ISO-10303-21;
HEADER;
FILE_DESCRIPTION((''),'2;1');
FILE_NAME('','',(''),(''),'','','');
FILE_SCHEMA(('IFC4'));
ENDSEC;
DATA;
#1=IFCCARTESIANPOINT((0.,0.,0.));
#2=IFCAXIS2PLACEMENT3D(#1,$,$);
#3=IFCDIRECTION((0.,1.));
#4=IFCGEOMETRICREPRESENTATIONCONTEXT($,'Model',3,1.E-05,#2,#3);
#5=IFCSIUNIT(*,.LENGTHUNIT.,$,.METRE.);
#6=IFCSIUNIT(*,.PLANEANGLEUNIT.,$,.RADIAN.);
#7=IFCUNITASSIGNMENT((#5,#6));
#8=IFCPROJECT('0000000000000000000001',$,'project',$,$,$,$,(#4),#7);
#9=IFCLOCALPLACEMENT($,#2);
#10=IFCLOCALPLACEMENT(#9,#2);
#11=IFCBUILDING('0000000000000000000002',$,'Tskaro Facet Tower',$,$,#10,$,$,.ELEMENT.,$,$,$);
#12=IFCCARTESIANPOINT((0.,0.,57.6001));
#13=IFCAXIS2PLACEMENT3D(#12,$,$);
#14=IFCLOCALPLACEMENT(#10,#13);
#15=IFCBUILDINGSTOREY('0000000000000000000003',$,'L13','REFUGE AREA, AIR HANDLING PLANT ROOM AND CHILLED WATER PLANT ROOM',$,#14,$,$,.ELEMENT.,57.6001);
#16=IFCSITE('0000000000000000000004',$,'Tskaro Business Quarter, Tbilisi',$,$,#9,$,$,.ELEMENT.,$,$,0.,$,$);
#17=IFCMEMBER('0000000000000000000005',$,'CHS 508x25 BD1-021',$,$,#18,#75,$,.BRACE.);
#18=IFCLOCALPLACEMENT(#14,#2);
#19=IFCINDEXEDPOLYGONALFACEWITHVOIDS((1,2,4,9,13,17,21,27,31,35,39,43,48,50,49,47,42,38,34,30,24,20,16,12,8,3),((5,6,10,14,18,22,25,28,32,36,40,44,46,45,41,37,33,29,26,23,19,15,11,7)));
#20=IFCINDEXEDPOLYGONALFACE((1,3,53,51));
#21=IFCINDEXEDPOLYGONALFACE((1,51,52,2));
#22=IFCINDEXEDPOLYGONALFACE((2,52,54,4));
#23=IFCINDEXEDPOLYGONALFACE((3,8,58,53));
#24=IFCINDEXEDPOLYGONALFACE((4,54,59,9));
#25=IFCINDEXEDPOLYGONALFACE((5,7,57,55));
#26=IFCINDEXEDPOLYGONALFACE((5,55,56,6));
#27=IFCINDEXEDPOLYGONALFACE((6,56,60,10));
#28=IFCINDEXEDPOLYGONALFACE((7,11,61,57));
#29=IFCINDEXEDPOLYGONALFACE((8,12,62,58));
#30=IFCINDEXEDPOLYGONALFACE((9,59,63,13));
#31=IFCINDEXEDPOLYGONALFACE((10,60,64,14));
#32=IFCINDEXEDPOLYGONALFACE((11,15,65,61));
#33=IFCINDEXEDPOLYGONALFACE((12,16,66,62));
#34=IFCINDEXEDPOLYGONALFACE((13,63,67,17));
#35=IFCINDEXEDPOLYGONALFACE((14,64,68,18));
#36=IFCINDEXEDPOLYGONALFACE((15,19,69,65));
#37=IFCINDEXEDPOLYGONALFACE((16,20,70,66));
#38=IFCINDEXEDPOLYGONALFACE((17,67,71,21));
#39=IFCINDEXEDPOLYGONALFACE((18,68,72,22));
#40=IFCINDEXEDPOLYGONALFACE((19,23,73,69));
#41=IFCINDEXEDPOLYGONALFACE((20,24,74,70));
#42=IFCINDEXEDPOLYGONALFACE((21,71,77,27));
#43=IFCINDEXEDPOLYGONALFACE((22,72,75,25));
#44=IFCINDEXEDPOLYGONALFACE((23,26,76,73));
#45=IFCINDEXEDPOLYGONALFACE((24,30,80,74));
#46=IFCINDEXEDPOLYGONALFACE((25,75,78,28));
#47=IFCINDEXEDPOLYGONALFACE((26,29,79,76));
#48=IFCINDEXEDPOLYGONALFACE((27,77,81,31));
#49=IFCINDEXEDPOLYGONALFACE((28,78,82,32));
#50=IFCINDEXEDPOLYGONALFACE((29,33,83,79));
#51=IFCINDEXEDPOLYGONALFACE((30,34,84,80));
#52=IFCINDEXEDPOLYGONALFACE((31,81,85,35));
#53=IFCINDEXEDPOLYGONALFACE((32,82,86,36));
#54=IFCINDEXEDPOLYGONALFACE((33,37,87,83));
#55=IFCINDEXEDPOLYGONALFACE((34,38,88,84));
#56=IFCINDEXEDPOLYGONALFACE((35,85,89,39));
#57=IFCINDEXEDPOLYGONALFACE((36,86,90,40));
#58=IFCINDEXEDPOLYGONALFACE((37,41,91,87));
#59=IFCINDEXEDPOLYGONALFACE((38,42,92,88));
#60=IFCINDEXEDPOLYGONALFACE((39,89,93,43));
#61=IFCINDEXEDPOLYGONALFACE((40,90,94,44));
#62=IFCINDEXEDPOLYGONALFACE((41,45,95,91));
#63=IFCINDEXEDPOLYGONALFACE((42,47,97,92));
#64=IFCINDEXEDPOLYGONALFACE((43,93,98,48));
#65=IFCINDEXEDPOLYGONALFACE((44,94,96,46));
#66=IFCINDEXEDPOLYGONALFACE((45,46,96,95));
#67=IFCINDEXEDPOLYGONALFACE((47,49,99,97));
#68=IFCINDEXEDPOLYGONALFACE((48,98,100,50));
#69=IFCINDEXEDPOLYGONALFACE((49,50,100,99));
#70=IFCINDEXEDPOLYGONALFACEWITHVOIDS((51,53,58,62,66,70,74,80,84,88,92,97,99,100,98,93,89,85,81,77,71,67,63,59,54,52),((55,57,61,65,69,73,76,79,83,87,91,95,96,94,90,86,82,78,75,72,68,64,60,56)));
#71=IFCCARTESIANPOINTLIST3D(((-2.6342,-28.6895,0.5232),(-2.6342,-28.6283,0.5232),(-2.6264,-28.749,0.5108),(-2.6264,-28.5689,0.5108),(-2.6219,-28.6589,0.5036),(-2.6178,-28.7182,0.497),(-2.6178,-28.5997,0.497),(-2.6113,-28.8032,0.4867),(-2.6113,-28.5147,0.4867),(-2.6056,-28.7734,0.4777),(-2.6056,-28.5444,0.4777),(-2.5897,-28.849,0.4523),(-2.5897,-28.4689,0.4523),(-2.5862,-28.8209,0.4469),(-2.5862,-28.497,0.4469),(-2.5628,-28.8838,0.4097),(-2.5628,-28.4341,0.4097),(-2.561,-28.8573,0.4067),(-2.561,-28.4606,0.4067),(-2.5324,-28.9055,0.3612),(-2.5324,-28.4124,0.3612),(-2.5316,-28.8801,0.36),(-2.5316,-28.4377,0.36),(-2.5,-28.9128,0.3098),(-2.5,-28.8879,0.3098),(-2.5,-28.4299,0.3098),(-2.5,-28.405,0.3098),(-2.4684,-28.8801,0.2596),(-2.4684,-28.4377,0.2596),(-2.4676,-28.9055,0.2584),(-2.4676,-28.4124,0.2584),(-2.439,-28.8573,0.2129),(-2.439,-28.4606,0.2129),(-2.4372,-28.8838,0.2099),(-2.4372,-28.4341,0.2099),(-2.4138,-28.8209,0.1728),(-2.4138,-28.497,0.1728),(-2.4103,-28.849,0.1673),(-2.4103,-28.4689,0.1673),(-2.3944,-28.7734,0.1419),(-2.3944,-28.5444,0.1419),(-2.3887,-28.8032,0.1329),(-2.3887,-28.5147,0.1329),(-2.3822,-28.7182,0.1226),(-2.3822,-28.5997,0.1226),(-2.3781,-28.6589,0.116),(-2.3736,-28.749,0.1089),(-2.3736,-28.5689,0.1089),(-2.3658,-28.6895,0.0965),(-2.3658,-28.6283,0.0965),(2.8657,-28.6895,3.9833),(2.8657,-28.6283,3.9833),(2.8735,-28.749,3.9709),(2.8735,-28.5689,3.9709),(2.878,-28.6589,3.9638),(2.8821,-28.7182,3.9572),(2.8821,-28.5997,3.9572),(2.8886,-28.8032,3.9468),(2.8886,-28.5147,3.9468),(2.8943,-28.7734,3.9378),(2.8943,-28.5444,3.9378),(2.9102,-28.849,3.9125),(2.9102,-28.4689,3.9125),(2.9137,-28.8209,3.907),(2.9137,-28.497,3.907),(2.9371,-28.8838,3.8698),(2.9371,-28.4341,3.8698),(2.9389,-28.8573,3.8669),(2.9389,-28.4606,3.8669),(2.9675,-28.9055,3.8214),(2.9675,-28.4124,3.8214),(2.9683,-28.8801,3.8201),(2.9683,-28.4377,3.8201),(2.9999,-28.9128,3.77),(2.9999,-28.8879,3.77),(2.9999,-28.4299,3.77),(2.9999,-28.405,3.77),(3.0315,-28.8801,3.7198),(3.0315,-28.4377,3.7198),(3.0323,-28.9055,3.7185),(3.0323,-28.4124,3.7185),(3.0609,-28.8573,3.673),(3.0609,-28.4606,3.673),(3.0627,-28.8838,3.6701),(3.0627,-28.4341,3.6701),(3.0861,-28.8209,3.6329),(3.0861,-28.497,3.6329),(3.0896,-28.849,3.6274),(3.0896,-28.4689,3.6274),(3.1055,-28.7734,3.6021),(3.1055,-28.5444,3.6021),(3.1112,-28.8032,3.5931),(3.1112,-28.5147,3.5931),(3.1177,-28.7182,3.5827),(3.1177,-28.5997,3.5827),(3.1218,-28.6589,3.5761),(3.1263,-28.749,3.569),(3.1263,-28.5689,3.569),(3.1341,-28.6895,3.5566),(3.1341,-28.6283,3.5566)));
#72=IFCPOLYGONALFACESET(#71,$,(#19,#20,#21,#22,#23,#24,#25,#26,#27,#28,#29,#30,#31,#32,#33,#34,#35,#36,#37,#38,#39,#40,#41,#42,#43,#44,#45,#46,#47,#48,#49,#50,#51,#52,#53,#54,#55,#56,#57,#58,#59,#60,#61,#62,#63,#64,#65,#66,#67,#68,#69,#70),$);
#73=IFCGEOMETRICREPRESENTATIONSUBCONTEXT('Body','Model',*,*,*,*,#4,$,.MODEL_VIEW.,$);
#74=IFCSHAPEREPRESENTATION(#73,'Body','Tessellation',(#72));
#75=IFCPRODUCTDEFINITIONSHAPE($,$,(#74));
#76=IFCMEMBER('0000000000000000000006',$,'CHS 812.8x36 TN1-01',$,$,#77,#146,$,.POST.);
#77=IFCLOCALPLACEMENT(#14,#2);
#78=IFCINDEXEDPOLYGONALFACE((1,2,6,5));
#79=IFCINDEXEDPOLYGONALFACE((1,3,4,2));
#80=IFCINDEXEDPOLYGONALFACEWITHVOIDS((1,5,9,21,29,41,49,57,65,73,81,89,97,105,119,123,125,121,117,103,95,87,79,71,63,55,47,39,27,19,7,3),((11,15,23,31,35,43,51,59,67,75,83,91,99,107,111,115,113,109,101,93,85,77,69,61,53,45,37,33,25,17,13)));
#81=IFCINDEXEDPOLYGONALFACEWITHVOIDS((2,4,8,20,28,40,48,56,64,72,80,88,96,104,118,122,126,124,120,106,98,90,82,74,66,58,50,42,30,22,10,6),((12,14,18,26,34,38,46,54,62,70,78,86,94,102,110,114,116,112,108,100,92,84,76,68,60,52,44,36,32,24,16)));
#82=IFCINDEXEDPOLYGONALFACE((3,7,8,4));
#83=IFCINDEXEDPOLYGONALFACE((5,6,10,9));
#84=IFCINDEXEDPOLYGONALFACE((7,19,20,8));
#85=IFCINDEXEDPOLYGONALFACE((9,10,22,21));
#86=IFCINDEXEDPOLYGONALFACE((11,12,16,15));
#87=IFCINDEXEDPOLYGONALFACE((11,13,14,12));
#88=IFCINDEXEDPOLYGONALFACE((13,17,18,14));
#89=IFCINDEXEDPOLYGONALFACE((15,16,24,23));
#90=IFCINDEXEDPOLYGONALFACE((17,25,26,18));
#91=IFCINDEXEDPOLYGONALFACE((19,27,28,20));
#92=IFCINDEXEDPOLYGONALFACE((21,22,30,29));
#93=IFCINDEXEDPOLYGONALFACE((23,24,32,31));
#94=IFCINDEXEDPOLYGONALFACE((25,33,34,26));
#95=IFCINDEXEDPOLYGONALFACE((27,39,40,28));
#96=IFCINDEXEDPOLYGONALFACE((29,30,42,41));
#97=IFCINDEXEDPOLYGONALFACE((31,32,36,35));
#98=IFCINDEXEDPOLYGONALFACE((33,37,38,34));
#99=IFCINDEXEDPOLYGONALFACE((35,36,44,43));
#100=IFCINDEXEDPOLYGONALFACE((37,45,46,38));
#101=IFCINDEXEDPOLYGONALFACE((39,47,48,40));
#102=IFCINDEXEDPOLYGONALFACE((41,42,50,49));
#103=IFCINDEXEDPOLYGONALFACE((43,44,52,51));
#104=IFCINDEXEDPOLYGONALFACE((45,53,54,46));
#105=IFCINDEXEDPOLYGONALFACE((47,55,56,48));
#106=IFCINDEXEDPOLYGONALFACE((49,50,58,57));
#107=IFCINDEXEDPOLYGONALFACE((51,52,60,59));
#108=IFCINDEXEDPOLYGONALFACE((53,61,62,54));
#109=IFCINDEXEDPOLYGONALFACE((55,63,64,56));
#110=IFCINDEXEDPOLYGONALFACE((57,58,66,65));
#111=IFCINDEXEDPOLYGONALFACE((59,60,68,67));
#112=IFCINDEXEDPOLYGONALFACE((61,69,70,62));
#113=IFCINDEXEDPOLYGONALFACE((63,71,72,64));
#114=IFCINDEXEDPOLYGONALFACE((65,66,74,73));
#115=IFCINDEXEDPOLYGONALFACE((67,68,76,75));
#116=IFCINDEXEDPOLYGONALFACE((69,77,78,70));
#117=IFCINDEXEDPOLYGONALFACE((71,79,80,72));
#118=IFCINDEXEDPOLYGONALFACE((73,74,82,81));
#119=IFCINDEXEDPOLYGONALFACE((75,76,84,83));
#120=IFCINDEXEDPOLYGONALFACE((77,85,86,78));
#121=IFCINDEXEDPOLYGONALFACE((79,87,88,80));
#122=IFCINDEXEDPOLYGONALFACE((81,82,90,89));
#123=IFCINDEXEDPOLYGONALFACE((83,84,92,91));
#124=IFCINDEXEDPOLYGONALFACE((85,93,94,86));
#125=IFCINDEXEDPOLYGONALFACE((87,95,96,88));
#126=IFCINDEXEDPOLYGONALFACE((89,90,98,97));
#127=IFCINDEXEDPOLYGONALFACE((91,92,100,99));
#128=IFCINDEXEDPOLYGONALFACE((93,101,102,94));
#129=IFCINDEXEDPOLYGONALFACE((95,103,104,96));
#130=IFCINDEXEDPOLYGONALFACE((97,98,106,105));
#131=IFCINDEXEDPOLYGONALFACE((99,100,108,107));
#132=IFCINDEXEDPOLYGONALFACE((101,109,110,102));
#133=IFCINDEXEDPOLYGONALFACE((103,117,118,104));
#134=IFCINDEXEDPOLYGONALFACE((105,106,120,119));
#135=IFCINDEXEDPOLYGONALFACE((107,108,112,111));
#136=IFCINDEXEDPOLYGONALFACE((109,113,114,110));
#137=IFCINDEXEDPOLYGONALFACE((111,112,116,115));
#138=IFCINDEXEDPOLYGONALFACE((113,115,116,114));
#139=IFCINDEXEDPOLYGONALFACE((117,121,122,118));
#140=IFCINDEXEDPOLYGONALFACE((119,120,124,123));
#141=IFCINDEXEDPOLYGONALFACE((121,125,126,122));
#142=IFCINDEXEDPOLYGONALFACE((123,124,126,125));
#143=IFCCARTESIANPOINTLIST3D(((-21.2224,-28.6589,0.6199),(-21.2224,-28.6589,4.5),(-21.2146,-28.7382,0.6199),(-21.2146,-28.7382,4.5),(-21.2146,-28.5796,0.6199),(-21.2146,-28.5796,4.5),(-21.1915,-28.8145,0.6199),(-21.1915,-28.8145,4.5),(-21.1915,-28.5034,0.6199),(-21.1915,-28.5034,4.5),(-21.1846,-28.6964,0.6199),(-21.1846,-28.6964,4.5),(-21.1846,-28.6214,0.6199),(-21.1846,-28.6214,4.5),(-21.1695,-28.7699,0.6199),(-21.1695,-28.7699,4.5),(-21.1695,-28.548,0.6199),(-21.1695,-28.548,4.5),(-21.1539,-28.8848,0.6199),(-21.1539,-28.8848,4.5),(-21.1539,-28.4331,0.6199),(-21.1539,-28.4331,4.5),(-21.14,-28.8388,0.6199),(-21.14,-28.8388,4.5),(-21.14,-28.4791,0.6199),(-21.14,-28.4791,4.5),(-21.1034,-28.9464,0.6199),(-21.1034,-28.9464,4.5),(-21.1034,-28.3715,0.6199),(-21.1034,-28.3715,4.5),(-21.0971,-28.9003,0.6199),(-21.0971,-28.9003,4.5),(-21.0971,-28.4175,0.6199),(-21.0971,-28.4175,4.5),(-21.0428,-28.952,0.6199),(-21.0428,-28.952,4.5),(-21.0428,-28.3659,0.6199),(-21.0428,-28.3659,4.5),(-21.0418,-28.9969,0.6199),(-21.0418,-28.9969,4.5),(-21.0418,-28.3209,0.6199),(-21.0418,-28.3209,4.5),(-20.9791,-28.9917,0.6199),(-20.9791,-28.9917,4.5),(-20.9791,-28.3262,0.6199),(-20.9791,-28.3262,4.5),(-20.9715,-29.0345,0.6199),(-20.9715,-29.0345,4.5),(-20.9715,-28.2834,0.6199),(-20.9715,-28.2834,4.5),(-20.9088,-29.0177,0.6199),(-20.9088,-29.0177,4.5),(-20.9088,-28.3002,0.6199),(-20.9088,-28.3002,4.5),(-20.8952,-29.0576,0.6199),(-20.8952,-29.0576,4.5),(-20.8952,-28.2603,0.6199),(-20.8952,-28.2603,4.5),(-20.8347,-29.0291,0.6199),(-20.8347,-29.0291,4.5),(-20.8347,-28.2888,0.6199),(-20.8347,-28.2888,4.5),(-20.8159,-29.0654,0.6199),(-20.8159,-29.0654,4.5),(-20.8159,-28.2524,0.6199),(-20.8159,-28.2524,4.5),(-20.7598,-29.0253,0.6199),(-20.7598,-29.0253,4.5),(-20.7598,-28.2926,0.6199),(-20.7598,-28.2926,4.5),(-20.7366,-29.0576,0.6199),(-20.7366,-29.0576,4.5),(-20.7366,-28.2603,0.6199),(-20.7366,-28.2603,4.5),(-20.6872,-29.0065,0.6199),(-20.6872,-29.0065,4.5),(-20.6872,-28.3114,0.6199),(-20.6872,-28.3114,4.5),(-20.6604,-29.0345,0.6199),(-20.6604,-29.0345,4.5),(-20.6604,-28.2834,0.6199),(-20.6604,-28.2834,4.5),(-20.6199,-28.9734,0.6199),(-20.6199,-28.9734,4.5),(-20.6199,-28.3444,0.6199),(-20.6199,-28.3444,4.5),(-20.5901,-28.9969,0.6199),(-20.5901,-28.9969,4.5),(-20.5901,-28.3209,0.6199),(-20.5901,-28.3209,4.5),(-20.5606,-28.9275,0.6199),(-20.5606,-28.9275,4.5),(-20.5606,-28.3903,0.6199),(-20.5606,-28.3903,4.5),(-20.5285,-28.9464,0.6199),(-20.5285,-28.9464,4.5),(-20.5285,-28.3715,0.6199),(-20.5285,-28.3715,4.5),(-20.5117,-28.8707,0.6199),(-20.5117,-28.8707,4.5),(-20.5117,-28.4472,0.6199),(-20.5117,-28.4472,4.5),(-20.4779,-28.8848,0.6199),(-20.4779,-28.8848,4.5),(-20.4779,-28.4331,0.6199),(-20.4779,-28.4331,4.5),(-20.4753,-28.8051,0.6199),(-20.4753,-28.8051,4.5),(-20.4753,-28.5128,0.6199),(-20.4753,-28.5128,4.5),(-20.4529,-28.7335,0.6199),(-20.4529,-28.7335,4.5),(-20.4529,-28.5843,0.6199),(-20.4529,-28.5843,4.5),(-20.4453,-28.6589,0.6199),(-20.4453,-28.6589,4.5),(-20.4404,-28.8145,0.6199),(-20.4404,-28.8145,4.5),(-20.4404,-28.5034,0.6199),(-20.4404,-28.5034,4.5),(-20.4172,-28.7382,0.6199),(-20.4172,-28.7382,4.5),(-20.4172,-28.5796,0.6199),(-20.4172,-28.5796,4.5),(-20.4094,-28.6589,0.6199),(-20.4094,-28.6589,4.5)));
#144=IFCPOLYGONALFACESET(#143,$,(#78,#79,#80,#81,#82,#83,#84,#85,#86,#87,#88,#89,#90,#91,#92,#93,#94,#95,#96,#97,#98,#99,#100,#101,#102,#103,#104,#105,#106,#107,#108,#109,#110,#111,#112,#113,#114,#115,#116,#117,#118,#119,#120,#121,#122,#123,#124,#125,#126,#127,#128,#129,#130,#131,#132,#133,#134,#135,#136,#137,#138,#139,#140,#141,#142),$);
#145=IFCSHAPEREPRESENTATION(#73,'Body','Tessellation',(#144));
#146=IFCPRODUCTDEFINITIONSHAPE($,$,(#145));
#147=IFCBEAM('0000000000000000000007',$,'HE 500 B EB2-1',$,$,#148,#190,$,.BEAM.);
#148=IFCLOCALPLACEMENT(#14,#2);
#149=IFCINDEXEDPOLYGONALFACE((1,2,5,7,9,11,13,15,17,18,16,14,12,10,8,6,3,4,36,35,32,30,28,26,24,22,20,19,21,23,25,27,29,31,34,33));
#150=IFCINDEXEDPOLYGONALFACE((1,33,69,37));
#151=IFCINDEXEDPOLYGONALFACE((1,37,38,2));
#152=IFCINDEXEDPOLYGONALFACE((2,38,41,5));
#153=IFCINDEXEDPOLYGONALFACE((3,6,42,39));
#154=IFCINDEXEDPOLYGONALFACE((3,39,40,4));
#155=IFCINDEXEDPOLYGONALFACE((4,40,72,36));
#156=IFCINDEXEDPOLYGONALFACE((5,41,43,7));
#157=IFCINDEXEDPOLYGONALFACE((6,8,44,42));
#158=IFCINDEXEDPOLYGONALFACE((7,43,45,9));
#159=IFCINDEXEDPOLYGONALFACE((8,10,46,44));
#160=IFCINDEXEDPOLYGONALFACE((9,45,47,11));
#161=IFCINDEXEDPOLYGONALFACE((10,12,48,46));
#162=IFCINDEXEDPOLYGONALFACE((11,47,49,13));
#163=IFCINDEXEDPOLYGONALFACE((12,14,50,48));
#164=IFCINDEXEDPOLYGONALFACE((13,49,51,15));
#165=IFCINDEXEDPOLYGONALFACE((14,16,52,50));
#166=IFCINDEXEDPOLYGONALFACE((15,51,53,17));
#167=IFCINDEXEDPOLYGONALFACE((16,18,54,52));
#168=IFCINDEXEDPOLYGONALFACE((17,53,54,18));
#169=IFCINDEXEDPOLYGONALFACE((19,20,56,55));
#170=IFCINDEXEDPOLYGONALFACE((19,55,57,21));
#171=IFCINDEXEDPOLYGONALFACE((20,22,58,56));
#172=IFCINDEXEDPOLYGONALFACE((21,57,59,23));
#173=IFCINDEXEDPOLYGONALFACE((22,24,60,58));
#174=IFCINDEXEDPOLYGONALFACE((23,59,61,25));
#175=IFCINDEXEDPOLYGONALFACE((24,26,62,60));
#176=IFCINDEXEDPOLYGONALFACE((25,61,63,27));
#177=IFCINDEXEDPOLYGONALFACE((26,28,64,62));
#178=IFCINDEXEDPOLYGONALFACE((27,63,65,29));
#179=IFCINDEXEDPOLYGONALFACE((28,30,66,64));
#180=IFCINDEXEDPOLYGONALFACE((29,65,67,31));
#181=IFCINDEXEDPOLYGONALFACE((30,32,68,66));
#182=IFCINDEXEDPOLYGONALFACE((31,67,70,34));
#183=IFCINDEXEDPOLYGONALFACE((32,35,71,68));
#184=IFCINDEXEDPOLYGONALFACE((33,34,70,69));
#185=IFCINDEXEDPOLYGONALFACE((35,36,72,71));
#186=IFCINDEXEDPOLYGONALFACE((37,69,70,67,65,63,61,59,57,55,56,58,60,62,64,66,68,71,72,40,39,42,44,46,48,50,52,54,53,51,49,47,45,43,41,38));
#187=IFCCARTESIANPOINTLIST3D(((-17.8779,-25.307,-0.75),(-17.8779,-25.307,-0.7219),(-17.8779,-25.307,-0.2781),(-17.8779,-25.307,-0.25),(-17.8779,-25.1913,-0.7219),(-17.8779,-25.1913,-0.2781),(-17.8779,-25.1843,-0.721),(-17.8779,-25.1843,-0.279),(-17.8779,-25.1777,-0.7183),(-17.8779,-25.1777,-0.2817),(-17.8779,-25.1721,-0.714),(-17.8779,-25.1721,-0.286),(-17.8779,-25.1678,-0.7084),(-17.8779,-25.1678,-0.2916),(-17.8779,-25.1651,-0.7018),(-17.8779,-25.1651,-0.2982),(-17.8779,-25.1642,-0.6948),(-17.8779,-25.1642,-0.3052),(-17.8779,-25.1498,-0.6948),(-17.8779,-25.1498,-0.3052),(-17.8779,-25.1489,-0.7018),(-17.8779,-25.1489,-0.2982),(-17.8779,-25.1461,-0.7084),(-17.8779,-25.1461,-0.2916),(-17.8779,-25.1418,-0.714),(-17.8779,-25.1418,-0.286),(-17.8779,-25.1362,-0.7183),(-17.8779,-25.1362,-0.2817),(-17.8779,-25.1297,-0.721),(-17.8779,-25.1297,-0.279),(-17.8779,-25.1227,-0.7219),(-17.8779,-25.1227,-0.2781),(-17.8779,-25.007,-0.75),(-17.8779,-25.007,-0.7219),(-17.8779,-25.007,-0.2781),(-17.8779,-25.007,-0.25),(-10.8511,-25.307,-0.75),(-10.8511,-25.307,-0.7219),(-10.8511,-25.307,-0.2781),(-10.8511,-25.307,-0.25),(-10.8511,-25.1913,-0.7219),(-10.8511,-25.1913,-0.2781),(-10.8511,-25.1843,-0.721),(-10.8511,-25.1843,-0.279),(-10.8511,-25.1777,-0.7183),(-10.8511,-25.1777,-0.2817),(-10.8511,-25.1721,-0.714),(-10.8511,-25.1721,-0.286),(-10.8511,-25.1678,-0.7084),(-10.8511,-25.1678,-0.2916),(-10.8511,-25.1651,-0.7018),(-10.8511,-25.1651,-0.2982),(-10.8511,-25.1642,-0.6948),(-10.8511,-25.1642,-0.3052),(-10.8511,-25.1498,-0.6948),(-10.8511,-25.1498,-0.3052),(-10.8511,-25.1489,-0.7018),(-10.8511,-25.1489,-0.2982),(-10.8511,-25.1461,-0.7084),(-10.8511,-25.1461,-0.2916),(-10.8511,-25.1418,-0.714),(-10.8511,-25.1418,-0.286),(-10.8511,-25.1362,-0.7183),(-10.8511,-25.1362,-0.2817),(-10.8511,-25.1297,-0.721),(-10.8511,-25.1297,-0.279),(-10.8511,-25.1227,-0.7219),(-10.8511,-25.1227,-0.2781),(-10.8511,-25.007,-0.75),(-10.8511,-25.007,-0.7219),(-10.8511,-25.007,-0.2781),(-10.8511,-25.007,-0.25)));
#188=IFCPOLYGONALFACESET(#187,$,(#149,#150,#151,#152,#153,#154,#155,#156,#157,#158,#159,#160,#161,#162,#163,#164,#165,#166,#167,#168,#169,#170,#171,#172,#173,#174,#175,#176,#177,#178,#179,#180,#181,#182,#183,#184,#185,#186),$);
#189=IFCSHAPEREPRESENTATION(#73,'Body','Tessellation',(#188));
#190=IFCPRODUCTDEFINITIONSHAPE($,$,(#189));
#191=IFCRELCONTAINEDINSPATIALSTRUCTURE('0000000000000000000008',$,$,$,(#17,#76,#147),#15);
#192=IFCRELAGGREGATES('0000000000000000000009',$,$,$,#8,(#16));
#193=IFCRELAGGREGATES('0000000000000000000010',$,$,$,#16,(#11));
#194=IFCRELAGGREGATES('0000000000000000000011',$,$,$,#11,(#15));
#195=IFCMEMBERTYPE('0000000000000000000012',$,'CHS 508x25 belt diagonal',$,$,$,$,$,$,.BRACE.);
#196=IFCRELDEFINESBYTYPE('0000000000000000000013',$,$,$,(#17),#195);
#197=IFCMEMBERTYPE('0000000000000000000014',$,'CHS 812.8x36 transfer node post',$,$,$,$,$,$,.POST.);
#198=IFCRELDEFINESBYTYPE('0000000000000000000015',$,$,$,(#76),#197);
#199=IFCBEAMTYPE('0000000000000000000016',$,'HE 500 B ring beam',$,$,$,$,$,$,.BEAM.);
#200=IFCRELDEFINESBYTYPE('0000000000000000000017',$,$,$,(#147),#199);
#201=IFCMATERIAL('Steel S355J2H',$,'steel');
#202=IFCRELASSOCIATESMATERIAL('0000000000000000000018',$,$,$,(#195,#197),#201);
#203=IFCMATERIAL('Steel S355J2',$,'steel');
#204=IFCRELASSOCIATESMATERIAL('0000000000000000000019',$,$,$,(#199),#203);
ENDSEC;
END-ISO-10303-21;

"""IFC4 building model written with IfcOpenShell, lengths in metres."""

from ifc_helpers import new_model, si_unit, direction, frame, origin, origin_2d, place, context, subcontext, project, spatial, hollow_circle, i_section, extrude, material, material_profile, profile_set, type_object, element, save


model = new_model("IFC4")

# Units and contexts
model_context = context("Model", 3, precision=1e-05, world=origin(), true_north=direction((0.0, 1.0)))
body_context = subcontext(model_context, "Body", "Model", "MODEL_VIEW")
ifc_project = project(units=[si_unit("LENGTHUNIT", "METRE"), si_unit("PLANEANGLEUNIT", "RADIAN")], contexts=[model_context])

# Site, building, storey
site_placement = place(None, origin())
site = spatial("IfcSite", under=ifc_project, at=site_placement, Name="Tskaro Business Quarter, Tbilisi", CompositionType="ELEMENT", RefElevation=0.0)
building_placement = place(site_placement, origin())
building = spatial("IfcBuilding", under=site, at=building_placement, Name="Tskaro Facet Tower", CompositionType="ELEMENT")
storey_placement = place(building_placement, frame((0.0, 0.0, 57.6001)))
storey = spatial("IfcBuildingStorey", under=building, at=storey_placement, Name="L13", Description="REFUGE AREA, AIR HANDLING PLANT ROOM AND CHILLED WATER PLANT ROOM", CompositionType="ELEMENT", Elevation=57.6001)

# Shared definitions
ifc_material_1 = material(Name="Steel S355J2H", Category="steel")

# Shared definitions
ifc_material_2 = material(Name="Steel S355J2", Category="steel")

# Members
ifc_material_profile_1 = material_profile(ifc_material_1, hollow_circle(Radius=0.2539, WallThickness=0.0249, at=origin_2d()), Name="CHS 508x25")
ifc_profile_set_1 = profile_set([ifc_material_profile_1], Name="Steel S355J2H")
member_type_1 = type_object("IfcMemberType", Name="CHS 508x25 belt diagonal", PredefinedType="BRACE", material=ifc_profile_set_1)
member_1_placement = place(storey_placement, frame((-2.5, -28.6589, 0.3098), z_axis=(0.846424, 0.0, 0.532509), x_axis=(0.0, 1.0, 0.0)))
element("IfcMember", 1, at=member_1_placement, inside=storey, type_object=member_type_1, Name="CHS 508x25 BD1-021", PredefinedType="BRACE", context=body_context, shape_type="SweptSolid", body=[
    extrude(hollow_circle(Radius=0.2539, WallThickness=0.0249, at=origin_2d()), origin(), (0.0, 0.0, 1.0), 6.4978),
])
ifc_material_profile_2 = material_profile(ifc_material_1, hollow_circle(Radius=0.4065, WallThickness=0.0359, at=origin_2d()), Name="CHS 812.8x36")
ifc_profile_set_2 = profile_set([ifc_material_profile_2], Name="Steel S355J2H")
member_type_2 = type_object("IfcMemberType", Name="CHS 812.8x36 transfer node post", PredefinedType="POST", material=ifc_profile_set_2)
member_2_placement = place(storey_placement, frame((-20.8159, -28.6589, 0.6199), z_axis=(0.0, 0.0, 1.0), x_axis=(1.0, 0.0, 0.0)))
element("IfcMember", 2, at=member_2_placement, inside=storey, type_object=member_type_2, Name="CHS 812.8x36 TN1-01", PredefinedType="POST", context=body_context, shape_type="SweptSolid", body=[
    extrude(hollow_circle(Radius=0.4065, WallThickness=0.0359, at=origin_2d()), origin(), (0.0, 0.0, 1.0), 3.8801),
])

# Beam
ifc_material_profile_3 = material_profile(ifc_material_2, i_section(OverallWidth=0.3, OverallDepth=0.5, WebThickness=0.0144, FlangeThickness=0.0281, FilletRadius=0.0271, at=origin_2d()), Name="HE 500 B")
ifc_profile_set_3 = profile_set([ifc_material_profile_3], Name="Steel S355J2")
beam_type_1 = type_object("IfcBeamType", Name="HE 500 B ring beam", PredefinedType="BEAM", material=ifc_profile_set_3)
beam_1_placement = place(storey_placement, frame((-17.8779, -25.157, -0.5), z_axis=(1.0, 0.0, 0.0), x_axis=(0.0, 1.0, 0.0)))
element("IfcBeam", 3, at=beam_1_placement, inside=storey, type_object=beam_type_1, Name="HE 500 B EB2-1", PredefinedType="BEAM", context=body_context, shape_type="SweptSolid", body=[
    extrude(i_section(OverallWidth=0.3, OverallDepth=0.5, WebThickness=0.0144, FlangeThickness=0.0281, FilletRadius=0.0271, at=origin_2d()), origin(), (0.0, 0.0, 1.0), 7.0269),
])

save(model, "model.ifc")
